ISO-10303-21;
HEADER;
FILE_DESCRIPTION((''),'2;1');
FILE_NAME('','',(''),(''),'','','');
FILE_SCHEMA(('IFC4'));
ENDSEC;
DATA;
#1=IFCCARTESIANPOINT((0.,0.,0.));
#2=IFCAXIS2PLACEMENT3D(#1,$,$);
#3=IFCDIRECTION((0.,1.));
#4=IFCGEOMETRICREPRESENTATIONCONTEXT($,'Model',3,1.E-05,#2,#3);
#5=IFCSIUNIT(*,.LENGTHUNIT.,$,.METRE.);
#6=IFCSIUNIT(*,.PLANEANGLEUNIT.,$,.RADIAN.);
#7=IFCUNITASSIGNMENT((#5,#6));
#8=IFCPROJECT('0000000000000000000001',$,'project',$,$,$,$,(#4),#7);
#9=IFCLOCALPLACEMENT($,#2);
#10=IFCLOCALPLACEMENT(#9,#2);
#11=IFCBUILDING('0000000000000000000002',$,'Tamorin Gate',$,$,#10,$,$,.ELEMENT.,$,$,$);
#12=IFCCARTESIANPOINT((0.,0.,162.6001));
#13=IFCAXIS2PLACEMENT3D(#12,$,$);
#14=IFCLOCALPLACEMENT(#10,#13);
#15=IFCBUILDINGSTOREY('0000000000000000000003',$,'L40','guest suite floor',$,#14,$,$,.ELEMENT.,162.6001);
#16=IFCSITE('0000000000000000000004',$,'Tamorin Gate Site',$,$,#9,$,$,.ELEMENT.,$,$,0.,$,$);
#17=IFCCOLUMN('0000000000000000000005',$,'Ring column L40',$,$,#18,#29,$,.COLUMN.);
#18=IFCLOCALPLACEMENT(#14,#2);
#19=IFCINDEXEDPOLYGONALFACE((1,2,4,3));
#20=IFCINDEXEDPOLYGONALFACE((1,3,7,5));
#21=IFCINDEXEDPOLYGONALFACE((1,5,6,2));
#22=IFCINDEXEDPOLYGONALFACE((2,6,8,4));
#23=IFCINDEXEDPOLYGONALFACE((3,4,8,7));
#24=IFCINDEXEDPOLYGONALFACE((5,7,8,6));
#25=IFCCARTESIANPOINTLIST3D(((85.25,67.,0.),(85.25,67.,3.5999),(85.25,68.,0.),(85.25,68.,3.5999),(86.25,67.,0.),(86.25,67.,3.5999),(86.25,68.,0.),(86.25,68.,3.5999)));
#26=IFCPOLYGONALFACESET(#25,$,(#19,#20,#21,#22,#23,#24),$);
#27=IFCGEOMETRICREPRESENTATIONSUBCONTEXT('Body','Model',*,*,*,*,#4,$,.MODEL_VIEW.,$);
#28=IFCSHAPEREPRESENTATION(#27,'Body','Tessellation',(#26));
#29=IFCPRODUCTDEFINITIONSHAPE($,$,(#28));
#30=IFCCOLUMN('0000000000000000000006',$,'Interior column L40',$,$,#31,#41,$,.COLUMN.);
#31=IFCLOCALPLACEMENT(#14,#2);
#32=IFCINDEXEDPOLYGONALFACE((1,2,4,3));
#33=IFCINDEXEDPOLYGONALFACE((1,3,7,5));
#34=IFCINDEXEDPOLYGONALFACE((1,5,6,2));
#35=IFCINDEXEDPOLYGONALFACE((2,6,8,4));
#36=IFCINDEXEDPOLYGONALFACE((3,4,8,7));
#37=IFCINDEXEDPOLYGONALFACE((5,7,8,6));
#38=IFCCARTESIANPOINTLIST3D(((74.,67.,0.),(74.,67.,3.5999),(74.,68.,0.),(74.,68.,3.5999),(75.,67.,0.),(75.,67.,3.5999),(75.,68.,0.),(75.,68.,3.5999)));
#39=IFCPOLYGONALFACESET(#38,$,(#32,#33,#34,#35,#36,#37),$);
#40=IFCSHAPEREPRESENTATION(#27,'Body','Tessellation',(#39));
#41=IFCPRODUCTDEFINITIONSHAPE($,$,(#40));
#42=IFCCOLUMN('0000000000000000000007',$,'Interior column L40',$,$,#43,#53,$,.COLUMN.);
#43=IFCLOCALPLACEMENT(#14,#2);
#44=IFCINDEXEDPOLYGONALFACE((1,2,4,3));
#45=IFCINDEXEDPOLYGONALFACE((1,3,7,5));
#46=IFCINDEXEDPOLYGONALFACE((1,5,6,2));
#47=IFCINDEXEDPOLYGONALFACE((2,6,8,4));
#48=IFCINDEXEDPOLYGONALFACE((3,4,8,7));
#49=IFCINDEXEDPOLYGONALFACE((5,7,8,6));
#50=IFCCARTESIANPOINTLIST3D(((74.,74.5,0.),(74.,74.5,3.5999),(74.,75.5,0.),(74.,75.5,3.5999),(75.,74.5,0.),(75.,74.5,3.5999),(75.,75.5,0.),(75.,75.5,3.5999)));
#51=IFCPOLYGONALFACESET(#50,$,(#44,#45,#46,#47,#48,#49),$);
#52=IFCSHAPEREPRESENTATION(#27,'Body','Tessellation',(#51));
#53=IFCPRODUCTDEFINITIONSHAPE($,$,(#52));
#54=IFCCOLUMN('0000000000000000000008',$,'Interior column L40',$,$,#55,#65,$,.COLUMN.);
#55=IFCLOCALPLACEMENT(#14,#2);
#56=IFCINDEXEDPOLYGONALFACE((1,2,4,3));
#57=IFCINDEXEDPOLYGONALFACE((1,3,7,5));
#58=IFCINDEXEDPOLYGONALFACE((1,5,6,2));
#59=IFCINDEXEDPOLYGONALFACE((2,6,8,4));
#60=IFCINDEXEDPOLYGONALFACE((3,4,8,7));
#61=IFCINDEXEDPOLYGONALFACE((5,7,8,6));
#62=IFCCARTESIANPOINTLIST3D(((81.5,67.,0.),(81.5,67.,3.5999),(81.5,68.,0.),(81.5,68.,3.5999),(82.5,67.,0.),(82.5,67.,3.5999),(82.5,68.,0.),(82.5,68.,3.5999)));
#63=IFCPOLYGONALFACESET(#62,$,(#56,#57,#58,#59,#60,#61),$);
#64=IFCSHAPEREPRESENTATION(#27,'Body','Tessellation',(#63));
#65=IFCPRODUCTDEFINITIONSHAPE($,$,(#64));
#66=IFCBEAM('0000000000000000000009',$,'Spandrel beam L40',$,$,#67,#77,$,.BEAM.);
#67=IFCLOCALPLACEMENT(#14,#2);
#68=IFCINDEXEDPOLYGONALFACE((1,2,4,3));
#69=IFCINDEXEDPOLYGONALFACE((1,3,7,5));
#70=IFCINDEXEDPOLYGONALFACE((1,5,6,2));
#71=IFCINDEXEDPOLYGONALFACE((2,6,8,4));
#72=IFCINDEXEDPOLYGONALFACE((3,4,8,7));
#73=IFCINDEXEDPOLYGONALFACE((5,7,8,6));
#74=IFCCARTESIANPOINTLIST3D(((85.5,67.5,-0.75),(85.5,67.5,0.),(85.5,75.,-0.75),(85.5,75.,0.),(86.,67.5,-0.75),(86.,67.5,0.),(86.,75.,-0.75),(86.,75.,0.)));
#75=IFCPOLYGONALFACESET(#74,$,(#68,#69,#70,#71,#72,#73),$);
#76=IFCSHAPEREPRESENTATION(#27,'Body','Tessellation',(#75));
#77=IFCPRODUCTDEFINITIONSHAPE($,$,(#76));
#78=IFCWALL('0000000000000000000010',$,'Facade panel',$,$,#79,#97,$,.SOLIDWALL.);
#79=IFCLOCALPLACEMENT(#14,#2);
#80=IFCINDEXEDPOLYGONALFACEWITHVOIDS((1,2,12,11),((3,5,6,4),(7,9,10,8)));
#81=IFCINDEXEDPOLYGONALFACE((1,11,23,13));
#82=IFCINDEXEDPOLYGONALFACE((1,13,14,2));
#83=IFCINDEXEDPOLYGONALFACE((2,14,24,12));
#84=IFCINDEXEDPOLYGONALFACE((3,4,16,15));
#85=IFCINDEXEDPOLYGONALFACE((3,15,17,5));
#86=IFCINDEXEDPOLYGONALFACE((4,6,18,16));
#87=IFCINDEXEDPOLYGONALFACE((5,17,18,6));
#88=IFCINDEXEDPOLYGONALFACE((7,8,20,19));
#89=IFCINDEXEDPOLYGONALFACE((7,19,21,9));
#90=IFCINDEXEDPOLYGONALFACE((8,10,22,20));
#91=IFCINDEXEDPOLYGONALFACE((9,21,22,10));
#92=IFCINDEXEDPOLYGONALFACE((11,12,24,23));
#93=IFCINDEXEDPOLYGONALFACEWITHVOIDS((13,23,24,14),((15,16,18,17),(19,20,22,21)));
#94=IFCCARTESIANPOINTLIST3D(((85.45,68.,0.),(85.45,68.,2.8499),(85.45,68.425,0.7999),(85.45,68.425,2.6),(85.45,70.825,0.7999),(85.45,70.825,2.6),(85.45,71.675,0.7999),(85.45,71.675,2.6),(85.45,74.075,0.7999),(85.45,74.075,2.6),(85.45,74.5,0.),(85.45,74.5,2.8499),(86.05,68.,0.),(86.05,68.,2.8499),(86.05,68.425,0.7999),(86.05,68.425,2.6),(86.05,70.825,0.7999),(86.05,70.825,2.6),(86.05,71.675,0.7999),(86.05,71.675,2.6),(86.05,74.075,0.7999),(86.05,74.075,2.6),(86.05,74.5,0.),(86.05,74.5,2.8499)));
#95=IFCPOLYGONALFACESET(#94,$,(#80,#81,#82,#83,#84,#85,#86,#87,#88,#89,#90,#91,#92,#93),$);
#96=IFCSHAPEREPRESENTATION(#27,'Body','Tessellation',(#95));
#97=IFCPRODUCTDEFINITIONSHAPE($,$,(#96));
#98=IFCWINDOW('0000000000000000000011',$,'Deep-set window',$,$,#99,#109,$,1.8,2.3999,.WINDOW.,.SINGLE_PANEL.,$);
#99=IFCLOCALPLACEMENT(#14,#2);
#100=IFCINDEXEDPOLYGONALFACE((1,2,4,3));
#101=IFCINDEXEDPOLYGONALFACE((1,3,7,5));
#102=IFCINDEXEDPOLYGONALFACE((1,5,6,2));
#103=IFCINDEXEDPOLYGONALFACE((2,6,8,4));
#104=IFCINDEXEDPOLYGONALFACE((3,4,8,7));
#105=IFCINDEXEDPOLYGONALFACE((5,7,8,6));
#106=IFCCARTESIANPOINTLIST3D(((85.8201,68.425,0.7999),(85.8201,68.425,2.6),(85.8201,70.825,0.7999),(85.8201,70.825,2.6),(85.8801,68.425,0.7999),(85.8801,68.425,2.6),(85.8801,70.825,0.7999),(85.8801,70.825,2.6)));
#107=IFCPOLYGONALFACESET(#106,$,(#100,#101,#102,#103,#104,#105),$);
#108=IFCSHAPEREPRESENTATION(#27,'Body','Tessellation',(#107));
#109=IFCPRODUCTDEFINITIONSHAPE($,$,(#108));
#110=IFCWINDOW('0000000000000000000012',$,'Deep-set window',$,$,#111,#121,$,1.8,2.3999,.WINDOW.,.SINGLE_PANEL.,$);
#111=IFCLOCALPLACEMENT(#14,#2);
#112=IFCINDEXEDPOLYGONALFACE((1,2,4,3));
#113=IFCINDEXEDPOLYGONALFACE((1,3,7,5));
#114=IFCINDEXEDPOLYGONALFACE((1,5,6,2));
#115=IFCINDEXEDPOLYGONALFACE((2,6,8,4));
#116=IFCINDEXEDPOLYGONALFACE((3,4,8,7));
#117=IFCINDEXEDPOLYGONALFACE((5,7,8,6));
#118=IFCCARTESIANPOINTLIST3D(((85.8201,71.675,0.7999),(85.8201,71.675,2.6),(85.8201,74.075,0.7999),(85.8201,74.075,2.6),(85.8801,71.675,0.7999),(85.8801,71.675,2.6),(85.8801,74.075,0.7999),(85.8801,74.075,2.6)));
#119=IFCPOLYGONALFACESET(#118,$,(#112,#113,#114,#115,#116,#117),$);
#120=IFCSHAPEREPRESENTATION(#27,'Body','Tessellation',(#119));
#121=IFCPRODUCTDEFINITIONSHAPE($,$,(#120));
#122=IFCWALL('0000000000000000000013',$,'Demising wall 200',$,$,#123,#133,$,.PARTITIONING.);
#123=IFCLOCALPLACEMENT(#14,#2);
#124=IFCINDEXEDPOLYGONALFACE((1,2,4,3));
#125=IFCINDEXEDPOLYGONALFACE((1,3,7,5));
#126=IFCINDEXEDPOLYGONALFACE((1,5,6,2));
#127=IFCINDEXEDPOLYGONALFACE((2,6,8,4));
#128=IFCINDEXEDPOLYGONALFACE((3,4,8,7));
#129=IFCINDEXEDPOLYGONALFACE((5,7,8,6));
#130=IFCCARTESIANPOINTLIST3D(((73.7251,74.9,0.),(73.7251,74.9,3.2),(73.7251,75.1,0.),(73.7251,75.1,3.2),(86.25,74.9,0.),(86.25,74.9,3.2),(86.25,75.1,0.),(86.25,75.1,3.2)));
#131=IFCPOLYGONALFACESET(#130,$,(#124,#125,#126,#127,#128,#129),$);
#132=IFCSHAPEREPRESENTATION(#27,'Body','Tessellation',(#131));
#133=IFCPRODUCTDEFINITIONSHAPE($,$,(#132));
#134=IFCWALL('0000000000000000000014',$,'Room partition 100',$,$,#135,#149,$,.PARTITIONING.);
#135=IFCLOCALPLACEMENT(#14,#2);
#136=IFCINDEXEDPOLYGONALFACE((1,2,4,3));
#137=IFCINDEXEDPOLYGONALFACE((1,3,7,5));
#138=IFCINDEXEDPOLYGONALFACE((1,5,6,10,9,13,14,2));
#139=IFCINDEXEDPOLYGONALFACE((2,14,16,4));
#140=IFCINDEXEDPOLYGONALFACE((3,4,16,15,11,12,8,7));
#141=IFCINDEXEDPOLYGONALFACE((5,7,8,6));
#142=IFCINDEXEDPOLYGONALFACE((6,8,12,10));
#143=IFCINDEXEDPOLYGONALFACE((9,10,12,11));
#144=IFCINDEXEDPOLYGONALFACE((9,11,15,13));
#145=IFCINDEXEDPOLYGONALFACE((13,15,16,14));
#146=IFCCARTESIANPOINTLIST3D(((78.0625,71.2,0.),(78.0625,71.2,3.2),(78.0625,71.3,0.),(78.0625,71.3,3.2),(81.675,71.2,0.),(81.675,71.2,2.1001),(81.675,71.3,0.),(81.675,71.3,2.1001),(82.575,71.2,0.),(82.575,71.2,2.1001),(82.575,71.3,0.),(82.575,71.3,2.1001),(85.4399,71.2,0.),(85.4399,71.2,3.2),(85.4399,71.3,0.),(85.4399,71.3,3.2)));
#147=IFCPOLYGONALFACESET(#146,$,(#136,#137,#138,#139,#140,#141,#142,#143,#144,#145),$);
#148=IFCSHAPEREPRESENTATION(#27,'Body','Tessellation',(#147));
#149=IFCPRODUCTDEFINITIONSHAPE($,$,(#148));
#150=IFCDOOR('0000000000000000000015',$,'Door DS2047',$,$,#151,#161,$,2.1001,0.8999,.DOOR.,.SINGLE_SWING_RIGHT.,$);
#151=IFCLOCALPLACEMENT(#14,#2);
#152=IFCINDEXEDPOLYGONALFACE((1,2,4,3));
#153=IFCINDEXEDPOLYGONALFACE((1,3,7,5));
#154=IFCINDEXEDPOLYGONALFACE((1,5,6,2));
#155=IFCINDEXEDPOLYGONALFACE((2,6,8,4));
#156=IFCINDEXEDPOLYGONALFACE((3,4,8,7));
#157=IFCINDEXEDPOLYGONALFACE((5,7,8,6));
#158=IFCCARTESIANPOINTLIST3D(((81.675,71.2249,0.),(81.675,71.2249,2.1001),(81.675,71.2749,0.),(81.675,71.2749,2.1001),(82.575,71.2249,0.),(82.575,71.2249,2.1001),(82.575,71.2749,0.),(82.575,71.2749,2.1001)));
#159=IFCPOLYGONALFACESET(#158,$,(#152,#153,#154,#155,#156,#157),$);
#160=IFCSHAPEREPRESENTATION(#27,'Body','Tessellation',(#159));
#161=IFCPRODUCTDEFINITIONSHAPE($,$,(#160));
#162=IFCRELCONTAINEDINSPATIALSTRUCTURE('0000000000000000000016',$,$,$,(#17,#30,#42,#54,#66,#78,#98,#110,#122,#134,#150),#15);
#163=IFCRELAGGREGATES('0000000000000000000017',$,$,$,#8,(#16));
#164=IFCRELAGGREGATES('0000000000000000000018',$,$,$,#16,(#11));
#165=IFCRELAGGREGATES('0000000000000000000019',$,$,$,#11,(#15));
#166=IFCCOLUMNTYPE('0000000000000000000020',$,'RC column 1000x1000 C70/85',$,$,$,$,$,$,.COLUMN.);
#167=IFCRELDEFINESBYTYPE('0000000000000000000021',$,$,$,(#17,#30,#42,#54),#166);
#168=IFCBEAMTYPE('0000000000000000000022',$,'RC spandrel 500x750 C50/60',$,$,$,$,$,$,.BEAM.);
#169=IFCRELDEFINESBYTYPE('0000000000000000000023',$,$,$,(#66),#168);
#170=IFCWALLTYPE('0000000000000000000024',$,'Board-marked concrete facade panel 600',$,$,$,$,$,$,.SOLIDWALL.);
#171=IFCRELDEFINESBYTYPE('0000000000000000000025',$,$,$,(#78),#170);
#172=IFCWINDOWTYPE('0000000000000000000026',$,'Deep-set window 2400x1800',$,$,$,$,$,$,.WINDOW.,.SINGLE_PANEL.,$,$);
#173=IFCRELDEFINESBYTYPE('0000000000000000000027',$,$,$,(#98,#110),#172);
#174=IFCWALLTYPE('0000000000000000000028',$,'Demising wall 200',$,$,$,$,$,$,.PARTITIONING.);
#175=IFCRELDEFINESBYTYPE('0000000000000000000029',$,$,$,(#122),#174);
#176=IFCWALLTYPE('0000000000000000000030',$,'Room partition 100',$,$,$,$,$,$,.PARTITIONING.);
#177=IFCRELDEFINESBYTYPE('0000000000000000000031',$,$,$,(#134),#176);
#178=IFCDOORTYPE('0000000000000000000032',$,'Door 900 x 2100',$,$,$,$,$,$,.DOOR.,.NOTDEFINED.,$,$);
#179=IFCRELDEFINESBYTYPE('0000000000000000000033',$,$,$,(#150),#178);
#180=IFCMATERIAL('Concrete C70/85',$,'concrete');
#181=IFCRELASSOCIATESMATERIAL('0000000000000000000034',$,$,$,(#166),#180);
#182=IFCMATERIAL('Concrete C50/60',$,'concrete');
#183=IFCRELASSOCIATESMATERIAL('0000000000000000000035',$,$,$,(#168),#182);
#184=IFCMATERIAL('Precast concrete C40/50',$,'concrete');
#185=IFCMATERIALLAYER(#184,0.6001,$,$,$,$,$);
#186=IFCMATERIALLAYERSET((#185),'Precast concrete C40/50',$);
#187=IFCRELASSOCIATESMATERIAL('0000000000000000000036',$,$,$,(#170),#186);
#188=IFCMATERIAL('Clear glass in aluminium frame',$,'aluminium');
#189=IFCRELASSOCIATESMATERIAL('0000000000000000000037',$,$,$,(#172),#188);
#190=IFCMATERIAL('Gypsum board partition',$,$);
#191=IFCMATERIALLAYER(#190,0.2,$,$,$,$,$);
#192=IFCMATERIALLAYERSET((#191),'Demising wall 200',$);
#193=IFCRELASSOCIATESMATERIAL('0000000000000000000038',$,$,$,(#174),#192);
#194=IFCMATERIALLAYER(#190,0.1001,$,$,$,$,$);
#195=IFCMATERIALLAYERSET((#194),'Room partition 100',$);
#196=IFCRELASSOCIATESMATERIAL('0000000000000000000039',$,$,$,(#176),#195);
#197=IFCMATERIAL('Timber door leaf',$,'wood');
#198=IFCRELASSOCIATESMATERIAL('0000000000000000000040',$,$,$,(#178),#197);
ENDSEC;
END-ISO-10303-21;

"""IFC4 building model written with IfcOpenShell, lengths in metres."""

from ifc_helpers import new_model, si_unit, direction, frame, frame_2d, origin, origin_2d, place, context, subcontext, project, spatial, rectangle, extrude, material, layer, layer_set, material_profile, profile_set, type_object, element, fill, save


model = new_model("IFC4")

# Units and contexts
model_context = context("Model", 3, precision=1e-05, world=origin(), true_north=direction((0.0, 1.0)))
body_context = subcontext(model_context, "Body", "Model", "MODEL_VIEW")
ifc_project = project(units=[si_unit("LENGTHUNIT", "METRE"), si_unit("PLANEANGLEUNIT", "RADIAN")], contexts=[model_context])

# Site, building, storey
site_placement = place(None, origin())
site = spatial("IfcSite", under=ifc_project, at=site_placement, Name="Tamorin Gate Site", CompositionType="ELEMENT", RefElevation=0.0)
building_placement = place(site_placement, origin())
building = spatial("IfcBuilding", under=site, at=building_placement, Name="Tamorin Gate", CompositionType="ELEMENT")
storey_placement = place(building_placement, frame((0.0, 0.0, 162.6001)))
storey = spatial("IfcBuildingStorey", under=building, at=storey_placement, Name="L40", Description="guest suite floor", CompositionType="ELEMENT", Elevation=162.6001)

# Columns
ifc_material_1 = material(Name="Concrete C70/85", Category="concrete")
ifc_material_profile_1 = material_profile(ifc_material_1, rectangle(XDim=1.0, YDim=1.0, at=origin_2d()), Name="RC 1000x1000")
ifc_profile_set_1 = profile_set([ifc_material_profile_1], Name="Concrete C70/85")
column_type = type_object("IfcColumnType", Name="RC column 1000x1000 C70/85", PredefinedType="COLUMN", material=ifc_profile_set_1)
for number, where, z_axis, x_axis, name in (
    (1, (85.75, 67.5, 0.0), (0.0, 0.0, 1.0), (1.0, 0.0, 0.0), "Ring column L40"),
    (2, (74.5, 67.5, 0.0), (0.0, 0.0, 1.0), (1.0, 0.0, 0.0), "Interior column L40"),
    (3, (74.5, 75.0, 0.0), (0.0, 0.0, 1.0), (1.0, 0.0, 0.0), "Interior column L40"),
    (4, (82.0, 67.5, 0.0), (0.0, 0.0, 1.0), (1.0, 0.0, 0.0), "Interior column L40"),
):
    element("IfcColumn", number, at=place(storey_placement, frame(where, z_axis=z_axis, x_axis=x_axis)), inside=storey, type_object=column_type, Name=name, PredefinedType="COLUMN", context=body_context, shape_type="SweptSolid", body=[
        extrude(rectangle(XDim=1.0, YDim=1.0, at=origin_2d()), origin(), (0.0, 0.0, 1.0), 3.5999),
    ])

# Beam
ifc_material_2 = material(Name="Concrete C50/60", Category="concrete")
ifc_material_profile_2 = material_profile(ifc_material_2, rectangle(XDim=0.5, YDim=0.75, at=origin_2d()), Name="RC 500x750")
ifc_profile_set_2 = profile_set([ifc_material_profile_2], Name="Concrete C50/60")
beam_type = type_object("IfcBeamType", Name="RC spandrel 500x750 C50/60", PredefinedType="BEAM", material=ifc_profile_set_2)
beam_placement = place(storey_placement, frame((85.75, 67.5, -0.375), z_axis=(0.0, 1.0, 0.0), x_axis=(-1.0, 0.0, 0.0)))
element("IfcBeam", 5, at=beam_placement, inside=storey, type_object=beam_type, Name="Spandrel beam L40", PredefinedType="BEAM", context=body_context, shape_type="SweptSolid", body=[
    extrude(rectangle(XDim=0.5, YDim=0.75, at=origin_2d()), origin(), (0.0, 0.0, 1.0), 7.5),
])

# Wall, openings, windows
ifc_material_3 = material(Name="Precast concrete C40/50", Category="concrete")
ifc_layer_1 = layer(ifc_material_3, 0.6001)
ifc_layer_set_1 = layer_set([ifc_layer_1], Name="Precast concrete C40/50")
wall_type_1 = type_object("IfcWallType", Name="Board-marked concrete facade panel 600", PredefinedType="SOLIDWALL", material=ifc_layer_set_1)
wall_1_placement = place(storey_placement, frame((85.75, 68.0, 0.0), z_axis=(0.0, 0.0, 1.0), x_axis=(0.0, 1.0, 0.0)))
wall_1 = element("IfcWall", 6, at=wall_1_placement, inside=storey, type_object=wall_type_1, Name="Facade panel", PredefinedType="SOLIDWALL", context=body_context, shape_type="SweptSolid", body=[
    extrude(rectangle(XDim=6.5, YDim=0.6001, at=frame_2d((3.25, 0.0))), origin(), (0.0, 0.0, 1.0), 2.8499),
])
opening_1_placement = place(wall_1_placement, frame((0.425, 0.0, 0.8)))
opening_1 = element("IfcOpeningElement", 7, at=opening_1_placement, cuts=wall_1, PredefinedType="OPENING", context=body_context, shape_type="SweptSolid", body=[
    extrude(rectangle(XDim=2.3999, YDim=1.8, at=frame_2d((1.2, 0.8999))), frame((0.0, 0.3101, 0.0), z_axis=(0.0, -1.0, 0.0), x_axis=(1.0, 0.0, 0.0)), (0.0, 0.0, 1.0), 0.6201),
])
opening_2_placement = place(wall_1_placement, frame((3.675, 0.0, 0.8)))
opening_2 = element("IfcOpeningElement", 8, at=opening_2_placement, cuts=wall_1, PredefinedType="OPENING", context=body_context, shape_type="SweptSolid", body=[
    extrude(rectangle(XDim=2.3999, YDim=1.8, at=frame_2d((1.2, 0.8999))), frame((0.0, 0.3101, 0.0), z_axis=(0.0, -1.0, 0.0), x_axis=(1.0, 0.0, 0.0)), (0.0, 0.0, 1.0), 0.6201),
])
ifc_material_4 = material(Name="Clear glass in aluminium frame", Category="aluminium")
window_type = type_object("IfcWindowType", Name="Deep-set window 2400x1800", PartitioningType="SINGLE_PANEL", PredefinedType="WINDOW", material=ifc_material_4)
window_1_placement = place(opening_1_placement, origin())
window_1 = element("IfcWindow", 9, at=window_1_placement, inside=storey, type_object=window_type, Name="Deep-set window", OverallHeight=1.8, OverallWidth=2.3999, PartitioningType="SINGLE_PANEL", PredefinedType="WINDOW", context=body_context, shape_type="SweptSolid", body=[
    extrude(rectangle(XDim=2.3999, YDim=1.8, at=frame_2d((1.2, 0.8999))), frame((0.0, -0.0701, 0.0), z_axis=(0.0, -1.0, 0.0), x_axis=(1.0, 0.0, 0.0)), (0.0, 0.0, 1.0), 0.0601),
])
fill(opening_1, window_1)
window_2_placement = place(opening_2_placement, origin())
window_2 = element("IfcWindow", 10, at=window_2_placement, inside=storey, type_object=window_type, Name="Deep-set window", OverallHeight=1.8, OverallWidth=2.3999, PartitioningType="SINGLE_PANEL", PredefinedType="WINDOW", context=body_context, shape_type="SweptSolid", body=[
    extrude(rectangle(XDim=2.3999, YDim=1.8, at=frame_2d((1.2, 0.8999))), frame((0.0, -0.0701, 0.0), z_axis=(0.0, -1.0, 0.0), x_axis=(1.0, 0.0, 0.0)), (0.0, 0.0, 1.0), 0.0601),
])
fill(opening_2, window_2)

# Wall
ifc_material_5 = material(Name="Gypsum board partition")
ifc_layer_2 = layer(ifc_material_5, 0.2)
ifc_layer_set_2 = layer_set([ifc_layer_2], Name="Demising wall 200")
wall_type_2 = type_object("IfcWallType", Name="Demising wall 200", PredefinedType="PARTITIONING", material=ifc_layer_set_2)
wall_2_placement = place(storey_placement, frame((73.7251, 75.0, 0.0), z_axis=(0.0, 0.0, 1.0), x_axis=(1.0, 0.0, 0.0)))
element("IfcWall", 11, at=wall_2_placement, inside=storey, type_object=wall_type_2, Name="Demising wall 200", PredefinedType="PARTITIONING", context=body_context, shape_type="SweptSolid", body=[
    extrude(rectangle(XDim=12.5249, YDim=0.2, at=frame_2d((6.2625, 0.0))), origin(), (0.0, 0.0, 1.0), 3.2),
])

# Wall, opening, door
ifc_layer_3 = layer(ifc_material_5, 0.1001)
ifc_layer_set_3 = layer_set([ifc_layer_3], Name="Room partition 100")
wall_type_3 = type_object("IfcWallType", Name="Room partition 100", PredefinedType="PARTITIONING", material=ifc_layer_set_3)
wall_3_placement = place(storey_placement, frame((78.0625, 71.25, 0.0), z_axis=(0.0, 0.0, 1.0), x_axis=(1.0, 0.0, 0.0)))
wall_3 = element("IfcWall", 12, at=wall_3_placement, inside=storey, type_object=wall_type_3, Name="Room partition 100", PredefinedType="PARTITIONING", context=body_context, shape_type="SweptSolid", body=[
    extrude(rectangle(XDim=7.3774, YDim=0.1001, at=frame_2d((3.6887, 0.0))), origin(), (0.0, 0.0, 1.0), 3.2),
])
opening_3_placement = place(wall_3_placement, frame((3.6125, 0.0, 0.0)))
opening_3 = element("IfcOpeningElement", 13, at=opening_3_placement, cuts=wall_3, PredefinedType="OPENING", context=body_context, shape_type="SweptSolid", body=[
    extrude(rectangle(XDim=0.8999, YDim=2.1001, at=frame_2d((0.45, 1.05))), frame((0.0, 0.0601, 0.0), z_axis=(0.0, -1.0, 0.0), x_axis=(1.0, 0.0, 0.0)), (0.0, 0.0, 1.0), 0.1201),
])
ifc_material_6 = material(Name="Timber door leaf", Category="wood")
door_type = type_object("IfcDoorType", Name="Door 900 x 2100", OperationType="NOTDEFINED", PredefinedType="DOOR", material=ifc_material_6)
door_1_placement = place(opening_3_placement, origin())
door_1 = element("IfcDoor", 14, at=door_1_placement, inside=storey, type_object=door_type, Name="Door DS2047", OperationType="SINGLE_SWING_RIGHT", OverallHeight=2.1001, OverallWidth=0.8999, PredefinedType="DOOR", context=body_context, shape_type="SweptSolid", body=[
    extrude(rectangle(XDim=0.8999, YDim=2.1001, at=frame_2d((0.45, 1.05))), frame((0.0, 0.0249, 0.0), z_axis=(0.0, -1.0, 0.0), x_axis=(1.0, 0.0, 0.0)), (0.0, 0.0, 1.0), 0.05),
])
fill(opening_3, door_1)

save(model, "model.ifc")
